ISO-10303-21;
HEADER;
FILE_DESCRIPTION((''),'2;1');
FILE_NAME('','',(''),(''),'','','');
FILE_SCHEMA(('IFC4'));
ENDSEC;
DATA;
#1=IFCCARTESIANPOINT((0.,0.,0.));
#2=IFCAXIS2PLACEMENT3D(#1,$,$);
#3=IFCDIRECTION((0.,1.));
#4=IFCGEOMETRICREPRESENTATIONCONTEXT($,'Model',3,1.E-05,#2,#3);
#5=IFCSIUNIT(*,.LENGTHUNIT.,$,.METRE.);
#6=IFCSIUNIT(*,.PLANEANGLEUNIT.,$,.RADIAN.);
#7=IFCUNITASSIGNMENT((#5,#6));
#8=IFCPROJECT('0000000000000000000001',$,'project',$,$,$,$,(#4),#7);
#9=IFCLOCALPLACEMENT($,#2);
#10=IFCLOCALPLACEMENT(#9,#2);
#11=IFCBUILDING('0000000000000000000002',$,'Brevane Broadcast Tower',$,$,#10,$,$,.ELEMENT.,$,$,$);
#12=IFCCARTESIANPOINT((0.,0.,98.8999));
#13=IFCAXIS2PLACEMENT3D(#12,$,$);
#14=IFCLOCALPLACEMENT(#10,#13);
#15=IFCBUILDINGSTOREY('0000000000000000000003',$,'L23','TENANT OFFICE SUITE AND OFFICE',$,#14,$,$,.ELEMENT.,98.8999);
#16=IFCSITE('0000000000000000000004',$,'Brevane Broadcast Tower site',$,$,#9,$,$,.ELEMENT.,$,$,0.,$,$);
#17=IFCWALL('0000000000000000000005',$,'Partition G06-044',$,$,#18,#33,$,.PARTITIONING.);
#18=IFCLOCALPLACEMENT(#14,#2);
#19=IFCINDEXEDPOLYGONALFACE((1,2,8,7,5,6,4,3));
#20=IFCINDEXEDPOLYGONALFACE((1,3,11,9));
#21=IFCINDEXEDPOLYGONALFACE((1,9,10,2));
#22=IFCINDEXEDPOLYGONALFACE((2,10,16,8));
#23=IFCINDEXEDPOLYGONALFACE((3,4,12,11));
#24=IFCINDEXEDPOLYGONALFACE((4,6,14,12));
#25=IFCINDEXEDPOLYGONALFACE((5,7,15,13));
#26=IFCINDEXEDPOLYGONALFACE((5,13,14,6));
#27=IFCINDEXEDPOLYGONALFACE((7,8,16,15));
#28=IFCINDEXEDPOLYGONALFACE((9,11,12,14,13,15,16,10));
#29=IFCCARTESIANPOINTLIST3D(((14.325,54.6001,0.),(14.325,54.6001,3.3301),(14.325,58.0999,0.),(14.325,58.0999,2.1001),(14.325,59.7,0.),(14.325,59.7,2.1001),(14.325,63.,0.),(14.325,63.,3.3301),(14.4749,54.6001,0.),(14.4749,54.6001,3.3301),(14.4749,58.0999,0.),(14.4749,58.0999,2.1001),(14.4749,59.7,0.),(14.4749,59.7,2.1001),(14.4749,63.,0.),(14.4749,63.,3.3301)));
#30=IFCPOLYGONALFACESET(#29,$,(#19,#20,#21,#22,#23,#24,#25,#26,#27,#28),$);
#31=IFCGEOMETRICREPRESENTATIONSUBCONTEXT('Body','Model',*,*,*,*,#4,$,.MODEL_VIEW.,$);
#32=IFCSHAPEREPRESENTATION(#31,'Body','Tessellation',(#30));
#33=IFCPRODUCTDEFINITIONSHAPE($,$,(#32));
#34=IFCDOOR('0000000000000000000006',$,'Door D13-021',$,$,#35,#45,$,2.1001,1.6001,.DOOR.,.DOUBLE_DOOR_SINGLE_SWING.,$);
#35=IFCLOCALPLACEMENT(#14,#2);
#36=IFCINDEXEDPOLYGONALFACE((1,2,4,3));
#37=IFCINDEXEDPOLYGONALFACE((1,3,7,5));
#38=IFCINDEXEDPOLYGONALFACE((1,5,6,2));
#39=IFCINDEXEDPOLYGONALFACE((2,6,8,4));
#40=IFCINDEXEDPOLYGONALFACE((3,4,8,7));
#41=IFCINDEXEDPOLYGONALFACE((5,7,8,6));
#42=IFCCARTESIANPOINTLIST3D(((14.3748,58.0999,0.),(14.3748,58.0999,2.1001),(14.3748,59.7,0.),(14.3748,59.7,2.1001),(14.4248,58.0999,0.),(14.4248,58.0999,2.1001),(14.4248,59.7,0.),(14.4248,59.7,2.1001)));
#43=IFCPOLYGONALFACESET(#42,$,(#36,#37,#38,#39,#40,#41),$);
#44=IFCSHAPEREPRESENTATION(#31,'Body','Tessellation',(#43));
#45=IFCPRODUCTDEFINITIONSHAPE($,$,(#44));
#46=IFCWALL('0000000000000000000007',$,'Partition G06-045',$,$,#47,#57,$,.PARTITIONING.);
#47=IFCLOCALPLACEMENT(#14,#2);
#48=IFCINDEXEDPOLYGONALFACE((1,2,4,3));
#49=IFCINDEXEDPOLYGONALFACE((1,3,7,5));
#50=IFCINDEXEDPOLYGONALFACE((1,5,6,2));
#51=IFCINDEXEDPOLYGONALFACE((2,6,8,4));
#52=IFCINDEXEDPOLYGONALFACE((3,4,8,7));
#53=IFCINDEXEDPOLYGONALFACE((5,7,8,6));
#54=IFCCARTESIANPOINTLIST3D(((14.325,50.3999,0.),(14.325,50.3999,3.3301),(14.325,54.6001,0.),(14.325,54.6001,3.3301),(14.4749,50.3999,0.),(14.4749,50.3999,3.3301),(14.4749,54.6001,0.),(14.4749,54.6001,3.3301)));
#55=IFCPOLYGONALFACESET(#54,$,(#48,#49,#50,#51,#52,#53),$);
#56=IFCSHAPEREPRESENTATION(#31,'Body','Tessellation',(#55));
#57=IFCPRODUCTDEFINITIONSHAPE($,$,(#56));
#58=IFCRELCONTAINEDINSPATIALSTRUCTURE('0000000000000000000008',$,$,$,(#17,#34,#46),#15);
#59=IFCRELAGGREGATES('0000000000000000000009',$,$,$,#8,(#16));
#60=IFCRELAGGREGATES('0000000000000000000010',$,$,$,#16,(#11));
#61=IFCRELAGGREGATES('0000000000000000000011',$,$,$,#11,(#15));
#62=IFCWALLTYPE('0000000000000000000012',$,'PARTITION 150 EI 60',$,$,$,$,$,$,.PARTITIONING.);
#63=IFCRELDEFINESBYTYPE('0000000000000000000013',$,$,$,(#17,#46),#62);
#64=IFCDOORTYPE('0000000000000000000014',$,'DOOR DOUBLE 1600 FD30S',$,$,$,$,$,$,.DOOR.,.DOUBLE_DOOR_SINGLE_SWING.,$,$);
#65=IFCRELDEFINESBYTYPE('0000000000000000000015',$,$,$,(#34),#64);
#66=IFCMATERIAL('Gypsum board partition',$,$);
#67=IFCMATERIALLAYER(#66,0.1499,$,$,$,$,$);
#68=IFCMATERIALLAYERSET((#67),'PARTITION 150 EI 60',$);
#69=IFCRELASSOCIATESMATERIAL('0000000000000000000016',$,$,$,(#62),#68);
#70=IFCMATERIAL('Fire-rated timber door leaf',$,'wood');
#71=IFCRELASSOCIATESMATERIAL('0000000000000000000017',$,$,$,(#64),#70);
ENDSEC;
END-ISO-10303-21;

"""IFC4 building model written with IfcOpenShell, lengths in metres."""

from ifc_helpers import new_model, si_unit, direction, frame, frame_2d, origin, place, context, subcontext, project, spatial, rectangle, extrude, material, layer, layer_set, type_object, element, fill, save


model = new_model("IFC4")

# Units and contexts
model_context = context("Model", 3, precision=1e-05, world=origin(), true_north=direction((0.0, 1.0)))
body_context = subcontext(model_context, "Body", "Model", "MODEL_VIEW")
ifc_project = project(units=[si_unit("LENGTHUNIT", "METRE"), si_unit("PLANEANGLEUNIT", "RADIAN")], contexts=[model_context])

# Site, building, storey
site_placement = place(None, origin())
site = spatial("IfcSite", under=ifc_project, at=site_placement, Name="Brevane Broadcast Tower site", CompositionType="ELEMENT", RefElevation=0.0)
building_placement = place(site_placement, origin())
building = spatial("IfcBuilding", under=site, at=building_placement, Name="Brevane Broadcast Tower", CompositionType="ELEMENT")
storey_placement = place(building_placement, frame((0.0, 0.0, 98.8999)))
storey = spatial("IfcBuildingStorey", under=building, at=storey_placement, Name="L23", Description="TENANT OFFICE SUITE AND OFFICE", CompositionType="ELEMENT", Elevation=98.8999)

# Shared definitions
ifc_material_1 = material(Name="Gypsum board partition")

# Wall, opening, door
ifc_layer_1 = layer(ifc_material_1, 0.1499)
ifc_layer_set_1 = layer_set([ifc_layer_1], Name="PARTITION 150 EI 60")
wall_type_1 = type_object("IfcWallType", Name="PARTITION 150 EI 60", PredefinedType="PARTITIONING", material=ifc_layer_set_1)
ifc_material_2 = material(Name="Fire-rated timber door leaf", Category="wood")
door_type_1 = type_object("IfcDoorType", Name="DOOR DOUBLE 1600 FD30S", OperationType="DOUBLE_DOOR_SINGLE_SWING", PredefinedType="DOOR", material=ifc_material_2)
wall_1_placement = place(storey_placement, frame((14.3999, 63.0, 0.0), z_axis=(0.0, 0.0, 1.0), x_axis=(0.0, -1.0, 0.0)))
wall_1 = element("IfcWall", 1, at=wall_1_placement, inside=storey, type_object=wall_type_1, Name="Partition G06-044", PredefinedType="PARTITIONING", context=body_context, shape_type="SweptSolid", body=[
    extrude(rectangle(XDim=8.3999, YDim=0.1499, at=frame_2d((4.2, 0.0))), origin(), (0.0, 0.0, 1.0), 3.3301),
])
opening_1_placement = place(wall_1_placement, frame((3.3, 0.0, 0.0)))
opening_1 = element("IfcOpeningElement", 2, at=opening_1_placement, cuts=wall_1, PredefinedType="OPENING", context=body_context, shape_type="SweptSolid", body=[
    extrude(rectangle(XDim=1.6001, YDim=2.1001, at=frame_2d((0.8, 1.05))), frame((0.0, 0.085, 0.0), z_axis=(0.0, -1.0, 0.0), x_axis=(1.0, 0.0, 0.0)), (0.0, 0.0, 1.0), 0.1699),
])
door_1_placement = place(opening_1_placement, origin())
door_1 = element("IfcDoor", 3, at=door_1_placement, inside=storey, type_object=door_type_1, Name="Door D13-021", OperationType="DOUBLE_DOOR_SINGLE_SWING", OverallHeight=2.1001, OverallWidth=1.6001, PredefinedType="DOOR", context=body_context, shape_type="SweptSolid", body=[
    extrude(rectangle(XDim=1.6001, YDim=2.1001, at=frame_2d((0.8, 1.05))), frame((0.0, 0.0249, 0.0), z_axis=(0.0, -1.0, 0.0), x_axis=(1.0, 0.0, 0.0)), (0.0, 0.0, 1.0), 0.05),
])
fill(opening_1, door_1)

# Wall
wall_2_placement = place(storey_placement, frame((14.3999, 54.6001, 0.0), z_axis=(0.0, 0.0, 1.0), x_axis=(0.0, -1.0, 0.0)))
element("IfcWall", 4, at=wall_2_placement, inside=storey, type_object=wall_type_1, Name="Partition G06-045", PredefinedType="PARTITIONING", context=body_context, shape_type="SweptSolid", body=[
    extrude(rectangle(XDim=4.2002, YDim=0.1499, at=frame_2d((2.1001, 0.0))), origin(), (0.0, 0.0, 1.0), 3.3301),
])

save(model, "model.ifc")
